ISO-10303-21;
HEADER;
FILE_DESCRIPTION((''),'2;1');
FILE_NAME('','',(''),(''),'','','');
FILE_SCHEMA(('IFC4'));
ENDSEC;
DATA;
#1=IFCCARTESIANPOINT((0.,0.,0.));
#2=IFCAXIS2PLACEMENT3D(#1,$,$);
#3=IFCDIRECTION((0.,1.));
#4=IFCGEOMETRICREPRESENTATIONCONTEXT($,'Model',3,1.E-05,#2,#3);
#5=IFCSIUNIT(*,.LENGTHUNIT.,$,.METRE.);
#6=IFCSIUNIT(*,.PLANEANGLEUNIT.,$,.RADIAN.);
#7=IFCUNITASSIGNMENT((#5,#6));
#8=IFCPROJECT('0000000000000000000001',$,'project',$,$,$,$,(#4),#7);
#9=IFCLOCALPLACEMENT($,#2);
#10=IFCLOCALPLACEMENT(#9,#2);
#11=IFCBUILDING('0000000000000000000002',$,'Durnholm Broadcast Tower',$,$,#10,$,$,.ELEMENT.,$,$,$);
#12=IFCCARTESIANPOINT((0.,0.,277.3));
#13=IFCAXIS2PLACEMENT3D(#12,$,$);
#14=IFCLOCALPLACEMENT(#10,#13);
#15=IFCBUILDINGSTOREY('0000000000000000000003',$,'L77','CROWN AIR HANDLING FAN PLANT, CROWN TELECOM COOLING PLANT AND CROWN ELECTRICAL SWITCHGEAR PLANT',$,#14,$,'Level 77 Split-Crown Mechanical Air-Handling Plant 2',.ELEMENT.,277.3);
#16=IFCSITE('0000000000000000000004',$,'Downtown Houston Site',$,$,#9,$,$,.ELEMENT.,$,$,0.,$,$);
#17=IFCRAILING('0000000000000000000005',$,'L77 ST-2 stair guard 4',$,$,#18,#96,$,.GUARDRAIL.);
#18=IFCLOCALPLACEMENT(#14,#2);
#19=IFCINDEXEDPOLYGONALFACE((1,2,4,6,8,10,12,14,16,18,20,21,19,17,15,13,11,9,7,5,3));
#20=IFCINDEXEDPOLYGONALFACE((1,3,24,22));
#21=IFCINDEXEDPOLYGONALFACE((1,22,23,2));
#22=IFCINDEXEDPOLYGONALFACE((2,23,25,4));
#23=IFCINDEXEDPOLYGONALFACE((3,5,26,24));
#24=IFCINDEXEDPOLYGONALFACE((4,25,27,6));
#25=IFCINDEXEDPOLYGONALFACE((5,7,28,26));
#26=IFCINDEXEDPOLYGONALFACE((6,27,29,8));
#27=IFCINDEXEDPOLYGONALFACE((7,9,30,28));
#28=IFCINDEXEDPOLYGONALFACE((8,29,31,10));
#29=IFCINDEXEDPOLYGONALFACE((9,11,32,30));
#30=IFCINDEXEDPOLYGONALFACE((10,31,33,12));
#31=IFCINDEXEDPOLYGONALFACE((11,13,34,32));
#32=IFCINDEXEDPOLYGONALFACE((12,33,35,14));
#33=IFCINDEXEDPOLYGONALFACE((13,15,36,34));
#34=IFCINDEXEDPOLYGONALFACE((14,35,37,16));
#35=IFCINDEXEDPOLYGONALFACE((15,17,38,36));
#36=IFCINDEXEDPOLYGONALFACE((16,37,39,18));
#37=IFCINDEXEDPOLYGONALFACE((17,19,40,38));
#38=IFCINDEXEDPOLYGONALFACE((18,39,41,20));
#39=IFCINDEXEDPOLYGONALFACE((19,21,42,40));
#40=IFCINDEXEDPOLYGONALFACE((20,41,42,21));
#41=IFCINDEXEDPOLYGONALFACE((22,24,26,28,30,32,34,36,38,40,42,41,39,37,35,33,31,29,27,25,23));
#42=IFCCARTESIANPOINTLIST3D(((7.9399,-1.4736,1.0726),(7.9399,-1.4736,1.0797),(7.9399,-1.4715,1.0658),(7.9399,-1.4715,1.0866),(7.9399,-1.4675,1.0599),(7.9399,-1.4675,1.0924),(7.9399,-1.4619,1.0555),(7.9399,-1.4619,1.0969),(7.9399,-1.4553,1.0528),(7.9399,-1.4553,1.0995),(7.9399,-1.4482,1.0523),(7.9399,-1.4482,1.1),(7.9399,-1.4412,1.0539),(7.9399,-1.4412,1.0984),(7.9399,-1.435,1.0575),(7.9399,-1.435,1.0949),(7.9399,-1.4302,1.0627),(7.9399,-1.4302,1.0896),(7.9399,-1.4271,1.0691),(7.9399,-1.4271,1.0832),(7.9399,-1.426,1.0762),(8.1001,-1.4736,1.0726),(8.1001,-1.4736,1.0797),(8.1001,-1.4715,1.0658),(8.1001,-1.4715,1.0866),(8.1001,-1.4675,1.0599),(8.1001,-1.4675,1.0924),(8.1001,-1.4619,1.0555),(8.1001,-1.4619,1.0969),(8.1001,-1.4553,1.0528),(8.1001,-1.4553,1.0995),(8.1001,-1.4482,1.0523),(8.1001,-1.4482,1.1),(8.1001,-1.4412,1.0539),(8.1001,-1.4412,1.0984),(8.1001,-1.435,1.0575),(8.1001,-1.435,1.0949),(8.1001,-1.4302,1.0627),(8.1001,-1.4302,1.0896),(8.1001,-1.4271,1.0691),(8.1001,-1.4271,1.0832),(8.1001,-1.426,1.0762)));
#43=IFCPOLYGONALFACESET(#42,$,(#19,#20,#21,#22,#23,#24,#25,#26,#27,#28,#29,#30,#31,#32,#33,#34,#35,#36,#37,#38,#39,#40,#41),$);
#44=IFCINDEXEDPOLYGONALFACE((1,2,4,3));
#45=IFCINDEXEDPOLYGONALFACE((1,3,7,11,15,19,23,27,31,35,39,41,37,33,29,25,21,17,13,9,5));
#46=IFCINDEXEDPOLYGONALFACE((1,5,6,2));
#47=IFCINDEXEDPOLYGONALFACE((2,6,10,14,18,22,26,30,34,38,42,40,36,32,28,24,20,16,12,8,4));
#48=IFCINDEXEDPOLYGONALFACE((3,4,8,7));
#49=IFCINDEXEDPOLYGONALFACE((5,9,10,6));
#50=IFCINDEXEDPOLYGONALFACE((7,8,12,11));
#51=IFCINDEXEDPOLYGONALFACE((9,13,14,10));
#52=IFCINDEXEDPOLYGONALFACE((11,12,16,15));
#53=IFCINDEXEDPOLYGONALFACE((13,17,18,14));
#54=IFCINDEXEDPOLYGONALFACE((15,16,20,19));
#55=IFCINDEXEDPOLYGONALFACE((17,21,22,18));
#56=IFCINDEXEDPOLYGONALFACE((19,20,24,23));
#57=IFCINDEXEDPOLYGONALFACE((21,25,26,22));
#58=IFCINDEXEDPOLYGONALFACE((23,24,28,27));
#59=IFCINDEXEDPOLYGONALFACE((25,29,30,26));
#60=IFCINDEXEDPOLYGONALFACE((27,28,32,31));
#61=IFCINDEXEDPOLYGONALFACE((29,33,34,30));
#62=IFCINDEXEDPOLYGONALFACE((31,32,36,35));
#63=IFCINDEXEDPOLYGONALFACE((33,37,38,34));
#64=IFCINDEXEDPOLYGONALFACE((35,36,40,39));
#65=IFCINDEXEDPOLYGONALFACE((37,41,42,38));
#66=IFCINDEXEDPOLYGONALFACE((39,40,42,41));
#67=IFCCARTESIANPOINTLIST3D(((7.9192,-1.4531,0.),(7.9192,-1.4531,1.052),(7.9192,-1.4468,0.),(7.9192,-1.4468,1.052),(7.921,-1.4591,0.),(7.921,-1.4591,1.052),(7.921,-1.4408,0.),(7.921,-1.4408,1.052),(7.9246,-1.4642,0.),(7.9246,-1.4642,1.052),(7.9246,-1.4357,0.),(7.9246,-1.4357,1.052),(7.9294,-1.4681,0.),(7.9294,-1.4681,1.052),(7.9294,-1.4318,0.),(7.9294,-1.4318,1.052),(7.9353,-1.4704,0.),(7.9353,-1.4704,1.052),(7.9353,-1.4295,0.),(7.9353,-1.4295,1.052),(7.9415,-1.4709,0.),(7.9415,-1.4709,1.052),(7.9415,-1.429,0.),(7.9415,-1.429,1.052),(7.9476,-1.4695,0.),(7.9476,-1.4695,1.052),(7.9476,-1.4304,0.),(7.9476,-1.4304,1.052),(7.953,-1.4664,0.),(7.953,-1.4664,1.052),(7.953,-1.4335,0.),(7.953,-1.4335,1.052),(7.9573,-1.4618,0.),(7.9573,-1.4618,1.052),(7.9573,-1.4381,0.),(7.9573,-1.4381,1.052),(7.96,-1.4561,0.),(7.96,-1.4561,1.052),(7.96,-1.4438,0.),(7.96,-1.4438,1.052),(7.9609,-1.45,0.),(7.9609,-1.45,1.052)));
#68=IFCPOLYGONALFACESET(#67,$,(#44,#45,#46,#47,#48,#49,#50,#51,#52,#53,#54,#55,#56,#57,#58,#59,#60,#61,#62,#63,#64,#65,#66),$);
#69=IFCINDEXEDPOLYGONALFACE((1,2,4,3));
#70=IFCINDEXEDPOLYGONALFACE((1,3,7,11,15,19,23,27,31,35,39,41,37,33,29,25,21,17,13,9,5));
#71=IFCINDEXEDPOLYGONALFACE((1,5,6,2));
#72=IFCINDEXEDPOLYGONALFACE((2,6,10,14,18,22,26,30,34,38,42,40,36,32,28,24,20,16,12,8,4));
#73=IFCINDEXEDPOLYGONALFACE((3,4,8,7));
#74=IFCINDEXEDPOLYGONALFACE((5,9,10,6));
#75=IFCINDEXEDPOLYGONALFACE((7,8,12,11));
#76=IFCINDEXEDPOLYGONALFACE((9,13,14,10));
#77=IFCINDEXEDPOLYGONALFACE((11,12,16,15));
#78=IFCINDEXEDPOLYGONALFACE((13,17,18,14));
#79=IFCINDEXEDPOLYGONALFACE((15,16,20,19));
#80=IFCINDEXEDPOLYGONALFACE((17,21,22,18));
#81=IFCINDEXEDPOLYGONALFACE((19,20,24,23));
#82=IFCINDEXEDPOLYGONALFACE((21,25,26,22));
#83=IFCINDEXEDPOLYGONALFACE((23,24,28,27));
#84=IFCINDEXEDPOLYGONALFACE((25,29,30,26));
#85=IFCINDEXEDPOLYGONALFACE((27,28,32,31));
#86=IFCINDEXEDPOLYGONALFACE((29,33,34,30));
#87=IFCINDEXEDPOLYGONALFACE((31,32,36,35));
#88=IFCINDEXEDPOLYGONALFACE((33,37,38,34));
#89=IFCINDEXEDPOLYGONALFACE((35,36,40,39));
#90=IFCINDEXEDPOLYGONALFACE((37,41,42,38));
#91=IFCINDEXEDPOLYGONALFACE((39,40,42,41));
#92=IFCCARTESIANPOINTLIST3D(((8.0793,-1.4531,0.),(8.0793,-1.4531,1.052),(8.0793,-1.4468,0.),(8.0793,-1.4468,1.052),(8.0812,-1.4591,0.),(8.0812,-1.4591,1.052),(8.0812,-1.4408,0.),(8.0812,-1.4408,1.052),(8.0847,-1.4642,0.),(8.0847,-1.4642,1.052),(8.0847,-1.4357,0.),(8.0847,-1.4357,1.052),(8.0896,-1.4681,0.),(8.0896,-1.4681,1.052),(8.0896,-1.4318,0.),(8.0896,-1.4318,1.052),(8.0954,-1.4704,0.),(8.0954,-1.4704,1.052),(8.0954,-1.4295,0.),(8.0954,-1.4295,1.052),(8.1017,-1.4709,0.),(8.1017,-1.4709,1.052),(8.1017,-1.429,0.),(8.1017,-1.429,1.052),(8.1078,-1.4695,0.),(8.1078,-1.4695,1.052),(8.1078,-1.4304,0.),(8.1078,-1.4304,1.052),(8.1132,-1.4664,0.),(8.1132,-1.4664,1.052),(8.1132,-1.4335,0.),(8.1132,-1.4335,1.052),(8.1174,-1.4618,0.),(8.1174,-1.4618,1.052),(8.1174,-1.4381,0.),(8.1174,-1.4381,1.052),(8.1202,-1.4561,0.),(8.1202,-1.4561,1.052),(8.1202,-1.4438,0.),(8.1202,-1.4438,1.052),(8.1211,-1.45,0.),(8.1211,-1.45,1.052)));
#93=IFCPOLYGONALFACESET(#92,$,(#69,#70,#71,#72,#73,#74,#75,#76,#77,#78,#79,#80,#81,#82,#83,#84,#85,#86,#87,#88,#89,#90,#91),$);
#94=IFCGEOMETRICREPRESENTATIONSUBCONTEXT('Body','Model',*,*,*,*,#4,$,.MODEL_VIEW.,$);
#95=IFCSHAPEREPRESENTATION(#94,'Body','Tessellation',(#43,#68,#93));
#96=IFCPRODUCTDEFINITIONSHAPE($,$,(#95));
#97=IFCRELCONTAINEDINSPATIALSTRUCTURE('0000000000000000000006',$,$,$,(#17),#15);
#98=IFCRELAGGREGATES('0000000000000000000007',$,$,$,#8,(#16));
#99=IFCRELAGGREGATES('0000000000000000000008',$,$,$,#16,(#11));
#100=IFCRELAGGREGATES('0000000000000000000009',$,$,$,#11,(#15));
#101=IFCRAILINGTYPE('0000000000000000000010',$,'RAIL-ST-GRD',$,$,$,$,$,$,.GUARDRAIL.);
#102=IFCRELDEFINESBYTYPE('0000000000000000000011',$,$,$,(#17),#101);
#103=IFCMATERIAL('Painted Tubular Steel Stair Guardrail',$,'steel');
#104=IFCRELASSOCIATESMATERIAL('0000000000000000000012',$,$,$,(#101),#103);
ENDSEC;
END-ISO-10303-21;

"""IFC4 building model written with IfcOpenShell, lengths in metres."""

from ifc_helpers import new_model, si_unit, direction, frame, origin, origin_2d, place, context, subcontext, project, spatial, circle, extrude, material, type_object, element, save


model = new_model("IFC4")

# Units and contexts
model_context = context("Model", 3, precision=1e-05, world=origin(), true_north=direction((0.0, 1.0)))
body_context = subcontext(model_context, "Body", "Model", "MODEL_VIEW")
ifc_project = project(units=[si_unit("LENGTHUNIT", "METRE"), si_unit("PLANEANGLEUNIT", "RADIAN")], contexts=[model_context])

# Site, building, storey
site_placement = place(None, origin())
site = spatial("IfcSite", under=ifc_project, at=site_placement, Name="Downtown Houston Site", CompositionType="ELEMENT", RefElevation=0.0)
building_placement = place(site_placement, origin())
building = spatial("IfcBuilding", under=site, at=building_placement, Name="Durnholm Broadcast Tower", CompositionType="ELEMENT")
storey_placement = place(building_placement, frame((0.0, 0.0, 277.3)))
storey = spatial("IfcBuildingStorey", under=building, at=storey_placement, Name="L77", Description="CROWN AIR HANDLING FAN PLANT, CROWN TELECOM COOLING PLANT AND CROWN ELECTRICAL SWITCHGEAR PLANT", LongName="Level 77 Split-Crown Mechanical Air-Handling Plant 2", CompositionType="ELEMENT", Elevation=277.3)

# Railing
ifc_material_1 = material(Name="Painted Tubular Steel Stair Guardrail", Category="steel")
railing_type_1 = type_object("IfcRailingType", Name="RAIL-ST-GRD", PredefinedType="GUARDRAIL", material=ifc_material_1)
railing_1_placement = place(storey_placement, frame((7.9399, -1.45, 0.0)))
element("IfcRailing", 1, at=railing_1_placement, inside=storey, type_object=railing_type_1, Name="L77 ST-2 stair guard 4", PredefinedType="GUARDRAIL", context=body_context, shape_type="SweptSolid", body=[
    extrude(circle(Radius=0.0239, at=origin_2d()), frame((0.0, 0.0, 1.0762), z_axis=(1.0, 0.0, 0.0), x_axis=(0.0, 1.0, 0.0)), (0.0, 0.0, 1.0), 0.1602),
    extrude(circle(Radius=0.021, at=origin_2d()), origin(), (0.0, 0.0, 1.0), 1.052),
    extrude(circle(Radius=0.021, at=origin_2d()), frame((0.1602, 0.0, 0.0)), (0.0, 0.0, 1.0), 1.052),
])

save(model, "model.ifc")
